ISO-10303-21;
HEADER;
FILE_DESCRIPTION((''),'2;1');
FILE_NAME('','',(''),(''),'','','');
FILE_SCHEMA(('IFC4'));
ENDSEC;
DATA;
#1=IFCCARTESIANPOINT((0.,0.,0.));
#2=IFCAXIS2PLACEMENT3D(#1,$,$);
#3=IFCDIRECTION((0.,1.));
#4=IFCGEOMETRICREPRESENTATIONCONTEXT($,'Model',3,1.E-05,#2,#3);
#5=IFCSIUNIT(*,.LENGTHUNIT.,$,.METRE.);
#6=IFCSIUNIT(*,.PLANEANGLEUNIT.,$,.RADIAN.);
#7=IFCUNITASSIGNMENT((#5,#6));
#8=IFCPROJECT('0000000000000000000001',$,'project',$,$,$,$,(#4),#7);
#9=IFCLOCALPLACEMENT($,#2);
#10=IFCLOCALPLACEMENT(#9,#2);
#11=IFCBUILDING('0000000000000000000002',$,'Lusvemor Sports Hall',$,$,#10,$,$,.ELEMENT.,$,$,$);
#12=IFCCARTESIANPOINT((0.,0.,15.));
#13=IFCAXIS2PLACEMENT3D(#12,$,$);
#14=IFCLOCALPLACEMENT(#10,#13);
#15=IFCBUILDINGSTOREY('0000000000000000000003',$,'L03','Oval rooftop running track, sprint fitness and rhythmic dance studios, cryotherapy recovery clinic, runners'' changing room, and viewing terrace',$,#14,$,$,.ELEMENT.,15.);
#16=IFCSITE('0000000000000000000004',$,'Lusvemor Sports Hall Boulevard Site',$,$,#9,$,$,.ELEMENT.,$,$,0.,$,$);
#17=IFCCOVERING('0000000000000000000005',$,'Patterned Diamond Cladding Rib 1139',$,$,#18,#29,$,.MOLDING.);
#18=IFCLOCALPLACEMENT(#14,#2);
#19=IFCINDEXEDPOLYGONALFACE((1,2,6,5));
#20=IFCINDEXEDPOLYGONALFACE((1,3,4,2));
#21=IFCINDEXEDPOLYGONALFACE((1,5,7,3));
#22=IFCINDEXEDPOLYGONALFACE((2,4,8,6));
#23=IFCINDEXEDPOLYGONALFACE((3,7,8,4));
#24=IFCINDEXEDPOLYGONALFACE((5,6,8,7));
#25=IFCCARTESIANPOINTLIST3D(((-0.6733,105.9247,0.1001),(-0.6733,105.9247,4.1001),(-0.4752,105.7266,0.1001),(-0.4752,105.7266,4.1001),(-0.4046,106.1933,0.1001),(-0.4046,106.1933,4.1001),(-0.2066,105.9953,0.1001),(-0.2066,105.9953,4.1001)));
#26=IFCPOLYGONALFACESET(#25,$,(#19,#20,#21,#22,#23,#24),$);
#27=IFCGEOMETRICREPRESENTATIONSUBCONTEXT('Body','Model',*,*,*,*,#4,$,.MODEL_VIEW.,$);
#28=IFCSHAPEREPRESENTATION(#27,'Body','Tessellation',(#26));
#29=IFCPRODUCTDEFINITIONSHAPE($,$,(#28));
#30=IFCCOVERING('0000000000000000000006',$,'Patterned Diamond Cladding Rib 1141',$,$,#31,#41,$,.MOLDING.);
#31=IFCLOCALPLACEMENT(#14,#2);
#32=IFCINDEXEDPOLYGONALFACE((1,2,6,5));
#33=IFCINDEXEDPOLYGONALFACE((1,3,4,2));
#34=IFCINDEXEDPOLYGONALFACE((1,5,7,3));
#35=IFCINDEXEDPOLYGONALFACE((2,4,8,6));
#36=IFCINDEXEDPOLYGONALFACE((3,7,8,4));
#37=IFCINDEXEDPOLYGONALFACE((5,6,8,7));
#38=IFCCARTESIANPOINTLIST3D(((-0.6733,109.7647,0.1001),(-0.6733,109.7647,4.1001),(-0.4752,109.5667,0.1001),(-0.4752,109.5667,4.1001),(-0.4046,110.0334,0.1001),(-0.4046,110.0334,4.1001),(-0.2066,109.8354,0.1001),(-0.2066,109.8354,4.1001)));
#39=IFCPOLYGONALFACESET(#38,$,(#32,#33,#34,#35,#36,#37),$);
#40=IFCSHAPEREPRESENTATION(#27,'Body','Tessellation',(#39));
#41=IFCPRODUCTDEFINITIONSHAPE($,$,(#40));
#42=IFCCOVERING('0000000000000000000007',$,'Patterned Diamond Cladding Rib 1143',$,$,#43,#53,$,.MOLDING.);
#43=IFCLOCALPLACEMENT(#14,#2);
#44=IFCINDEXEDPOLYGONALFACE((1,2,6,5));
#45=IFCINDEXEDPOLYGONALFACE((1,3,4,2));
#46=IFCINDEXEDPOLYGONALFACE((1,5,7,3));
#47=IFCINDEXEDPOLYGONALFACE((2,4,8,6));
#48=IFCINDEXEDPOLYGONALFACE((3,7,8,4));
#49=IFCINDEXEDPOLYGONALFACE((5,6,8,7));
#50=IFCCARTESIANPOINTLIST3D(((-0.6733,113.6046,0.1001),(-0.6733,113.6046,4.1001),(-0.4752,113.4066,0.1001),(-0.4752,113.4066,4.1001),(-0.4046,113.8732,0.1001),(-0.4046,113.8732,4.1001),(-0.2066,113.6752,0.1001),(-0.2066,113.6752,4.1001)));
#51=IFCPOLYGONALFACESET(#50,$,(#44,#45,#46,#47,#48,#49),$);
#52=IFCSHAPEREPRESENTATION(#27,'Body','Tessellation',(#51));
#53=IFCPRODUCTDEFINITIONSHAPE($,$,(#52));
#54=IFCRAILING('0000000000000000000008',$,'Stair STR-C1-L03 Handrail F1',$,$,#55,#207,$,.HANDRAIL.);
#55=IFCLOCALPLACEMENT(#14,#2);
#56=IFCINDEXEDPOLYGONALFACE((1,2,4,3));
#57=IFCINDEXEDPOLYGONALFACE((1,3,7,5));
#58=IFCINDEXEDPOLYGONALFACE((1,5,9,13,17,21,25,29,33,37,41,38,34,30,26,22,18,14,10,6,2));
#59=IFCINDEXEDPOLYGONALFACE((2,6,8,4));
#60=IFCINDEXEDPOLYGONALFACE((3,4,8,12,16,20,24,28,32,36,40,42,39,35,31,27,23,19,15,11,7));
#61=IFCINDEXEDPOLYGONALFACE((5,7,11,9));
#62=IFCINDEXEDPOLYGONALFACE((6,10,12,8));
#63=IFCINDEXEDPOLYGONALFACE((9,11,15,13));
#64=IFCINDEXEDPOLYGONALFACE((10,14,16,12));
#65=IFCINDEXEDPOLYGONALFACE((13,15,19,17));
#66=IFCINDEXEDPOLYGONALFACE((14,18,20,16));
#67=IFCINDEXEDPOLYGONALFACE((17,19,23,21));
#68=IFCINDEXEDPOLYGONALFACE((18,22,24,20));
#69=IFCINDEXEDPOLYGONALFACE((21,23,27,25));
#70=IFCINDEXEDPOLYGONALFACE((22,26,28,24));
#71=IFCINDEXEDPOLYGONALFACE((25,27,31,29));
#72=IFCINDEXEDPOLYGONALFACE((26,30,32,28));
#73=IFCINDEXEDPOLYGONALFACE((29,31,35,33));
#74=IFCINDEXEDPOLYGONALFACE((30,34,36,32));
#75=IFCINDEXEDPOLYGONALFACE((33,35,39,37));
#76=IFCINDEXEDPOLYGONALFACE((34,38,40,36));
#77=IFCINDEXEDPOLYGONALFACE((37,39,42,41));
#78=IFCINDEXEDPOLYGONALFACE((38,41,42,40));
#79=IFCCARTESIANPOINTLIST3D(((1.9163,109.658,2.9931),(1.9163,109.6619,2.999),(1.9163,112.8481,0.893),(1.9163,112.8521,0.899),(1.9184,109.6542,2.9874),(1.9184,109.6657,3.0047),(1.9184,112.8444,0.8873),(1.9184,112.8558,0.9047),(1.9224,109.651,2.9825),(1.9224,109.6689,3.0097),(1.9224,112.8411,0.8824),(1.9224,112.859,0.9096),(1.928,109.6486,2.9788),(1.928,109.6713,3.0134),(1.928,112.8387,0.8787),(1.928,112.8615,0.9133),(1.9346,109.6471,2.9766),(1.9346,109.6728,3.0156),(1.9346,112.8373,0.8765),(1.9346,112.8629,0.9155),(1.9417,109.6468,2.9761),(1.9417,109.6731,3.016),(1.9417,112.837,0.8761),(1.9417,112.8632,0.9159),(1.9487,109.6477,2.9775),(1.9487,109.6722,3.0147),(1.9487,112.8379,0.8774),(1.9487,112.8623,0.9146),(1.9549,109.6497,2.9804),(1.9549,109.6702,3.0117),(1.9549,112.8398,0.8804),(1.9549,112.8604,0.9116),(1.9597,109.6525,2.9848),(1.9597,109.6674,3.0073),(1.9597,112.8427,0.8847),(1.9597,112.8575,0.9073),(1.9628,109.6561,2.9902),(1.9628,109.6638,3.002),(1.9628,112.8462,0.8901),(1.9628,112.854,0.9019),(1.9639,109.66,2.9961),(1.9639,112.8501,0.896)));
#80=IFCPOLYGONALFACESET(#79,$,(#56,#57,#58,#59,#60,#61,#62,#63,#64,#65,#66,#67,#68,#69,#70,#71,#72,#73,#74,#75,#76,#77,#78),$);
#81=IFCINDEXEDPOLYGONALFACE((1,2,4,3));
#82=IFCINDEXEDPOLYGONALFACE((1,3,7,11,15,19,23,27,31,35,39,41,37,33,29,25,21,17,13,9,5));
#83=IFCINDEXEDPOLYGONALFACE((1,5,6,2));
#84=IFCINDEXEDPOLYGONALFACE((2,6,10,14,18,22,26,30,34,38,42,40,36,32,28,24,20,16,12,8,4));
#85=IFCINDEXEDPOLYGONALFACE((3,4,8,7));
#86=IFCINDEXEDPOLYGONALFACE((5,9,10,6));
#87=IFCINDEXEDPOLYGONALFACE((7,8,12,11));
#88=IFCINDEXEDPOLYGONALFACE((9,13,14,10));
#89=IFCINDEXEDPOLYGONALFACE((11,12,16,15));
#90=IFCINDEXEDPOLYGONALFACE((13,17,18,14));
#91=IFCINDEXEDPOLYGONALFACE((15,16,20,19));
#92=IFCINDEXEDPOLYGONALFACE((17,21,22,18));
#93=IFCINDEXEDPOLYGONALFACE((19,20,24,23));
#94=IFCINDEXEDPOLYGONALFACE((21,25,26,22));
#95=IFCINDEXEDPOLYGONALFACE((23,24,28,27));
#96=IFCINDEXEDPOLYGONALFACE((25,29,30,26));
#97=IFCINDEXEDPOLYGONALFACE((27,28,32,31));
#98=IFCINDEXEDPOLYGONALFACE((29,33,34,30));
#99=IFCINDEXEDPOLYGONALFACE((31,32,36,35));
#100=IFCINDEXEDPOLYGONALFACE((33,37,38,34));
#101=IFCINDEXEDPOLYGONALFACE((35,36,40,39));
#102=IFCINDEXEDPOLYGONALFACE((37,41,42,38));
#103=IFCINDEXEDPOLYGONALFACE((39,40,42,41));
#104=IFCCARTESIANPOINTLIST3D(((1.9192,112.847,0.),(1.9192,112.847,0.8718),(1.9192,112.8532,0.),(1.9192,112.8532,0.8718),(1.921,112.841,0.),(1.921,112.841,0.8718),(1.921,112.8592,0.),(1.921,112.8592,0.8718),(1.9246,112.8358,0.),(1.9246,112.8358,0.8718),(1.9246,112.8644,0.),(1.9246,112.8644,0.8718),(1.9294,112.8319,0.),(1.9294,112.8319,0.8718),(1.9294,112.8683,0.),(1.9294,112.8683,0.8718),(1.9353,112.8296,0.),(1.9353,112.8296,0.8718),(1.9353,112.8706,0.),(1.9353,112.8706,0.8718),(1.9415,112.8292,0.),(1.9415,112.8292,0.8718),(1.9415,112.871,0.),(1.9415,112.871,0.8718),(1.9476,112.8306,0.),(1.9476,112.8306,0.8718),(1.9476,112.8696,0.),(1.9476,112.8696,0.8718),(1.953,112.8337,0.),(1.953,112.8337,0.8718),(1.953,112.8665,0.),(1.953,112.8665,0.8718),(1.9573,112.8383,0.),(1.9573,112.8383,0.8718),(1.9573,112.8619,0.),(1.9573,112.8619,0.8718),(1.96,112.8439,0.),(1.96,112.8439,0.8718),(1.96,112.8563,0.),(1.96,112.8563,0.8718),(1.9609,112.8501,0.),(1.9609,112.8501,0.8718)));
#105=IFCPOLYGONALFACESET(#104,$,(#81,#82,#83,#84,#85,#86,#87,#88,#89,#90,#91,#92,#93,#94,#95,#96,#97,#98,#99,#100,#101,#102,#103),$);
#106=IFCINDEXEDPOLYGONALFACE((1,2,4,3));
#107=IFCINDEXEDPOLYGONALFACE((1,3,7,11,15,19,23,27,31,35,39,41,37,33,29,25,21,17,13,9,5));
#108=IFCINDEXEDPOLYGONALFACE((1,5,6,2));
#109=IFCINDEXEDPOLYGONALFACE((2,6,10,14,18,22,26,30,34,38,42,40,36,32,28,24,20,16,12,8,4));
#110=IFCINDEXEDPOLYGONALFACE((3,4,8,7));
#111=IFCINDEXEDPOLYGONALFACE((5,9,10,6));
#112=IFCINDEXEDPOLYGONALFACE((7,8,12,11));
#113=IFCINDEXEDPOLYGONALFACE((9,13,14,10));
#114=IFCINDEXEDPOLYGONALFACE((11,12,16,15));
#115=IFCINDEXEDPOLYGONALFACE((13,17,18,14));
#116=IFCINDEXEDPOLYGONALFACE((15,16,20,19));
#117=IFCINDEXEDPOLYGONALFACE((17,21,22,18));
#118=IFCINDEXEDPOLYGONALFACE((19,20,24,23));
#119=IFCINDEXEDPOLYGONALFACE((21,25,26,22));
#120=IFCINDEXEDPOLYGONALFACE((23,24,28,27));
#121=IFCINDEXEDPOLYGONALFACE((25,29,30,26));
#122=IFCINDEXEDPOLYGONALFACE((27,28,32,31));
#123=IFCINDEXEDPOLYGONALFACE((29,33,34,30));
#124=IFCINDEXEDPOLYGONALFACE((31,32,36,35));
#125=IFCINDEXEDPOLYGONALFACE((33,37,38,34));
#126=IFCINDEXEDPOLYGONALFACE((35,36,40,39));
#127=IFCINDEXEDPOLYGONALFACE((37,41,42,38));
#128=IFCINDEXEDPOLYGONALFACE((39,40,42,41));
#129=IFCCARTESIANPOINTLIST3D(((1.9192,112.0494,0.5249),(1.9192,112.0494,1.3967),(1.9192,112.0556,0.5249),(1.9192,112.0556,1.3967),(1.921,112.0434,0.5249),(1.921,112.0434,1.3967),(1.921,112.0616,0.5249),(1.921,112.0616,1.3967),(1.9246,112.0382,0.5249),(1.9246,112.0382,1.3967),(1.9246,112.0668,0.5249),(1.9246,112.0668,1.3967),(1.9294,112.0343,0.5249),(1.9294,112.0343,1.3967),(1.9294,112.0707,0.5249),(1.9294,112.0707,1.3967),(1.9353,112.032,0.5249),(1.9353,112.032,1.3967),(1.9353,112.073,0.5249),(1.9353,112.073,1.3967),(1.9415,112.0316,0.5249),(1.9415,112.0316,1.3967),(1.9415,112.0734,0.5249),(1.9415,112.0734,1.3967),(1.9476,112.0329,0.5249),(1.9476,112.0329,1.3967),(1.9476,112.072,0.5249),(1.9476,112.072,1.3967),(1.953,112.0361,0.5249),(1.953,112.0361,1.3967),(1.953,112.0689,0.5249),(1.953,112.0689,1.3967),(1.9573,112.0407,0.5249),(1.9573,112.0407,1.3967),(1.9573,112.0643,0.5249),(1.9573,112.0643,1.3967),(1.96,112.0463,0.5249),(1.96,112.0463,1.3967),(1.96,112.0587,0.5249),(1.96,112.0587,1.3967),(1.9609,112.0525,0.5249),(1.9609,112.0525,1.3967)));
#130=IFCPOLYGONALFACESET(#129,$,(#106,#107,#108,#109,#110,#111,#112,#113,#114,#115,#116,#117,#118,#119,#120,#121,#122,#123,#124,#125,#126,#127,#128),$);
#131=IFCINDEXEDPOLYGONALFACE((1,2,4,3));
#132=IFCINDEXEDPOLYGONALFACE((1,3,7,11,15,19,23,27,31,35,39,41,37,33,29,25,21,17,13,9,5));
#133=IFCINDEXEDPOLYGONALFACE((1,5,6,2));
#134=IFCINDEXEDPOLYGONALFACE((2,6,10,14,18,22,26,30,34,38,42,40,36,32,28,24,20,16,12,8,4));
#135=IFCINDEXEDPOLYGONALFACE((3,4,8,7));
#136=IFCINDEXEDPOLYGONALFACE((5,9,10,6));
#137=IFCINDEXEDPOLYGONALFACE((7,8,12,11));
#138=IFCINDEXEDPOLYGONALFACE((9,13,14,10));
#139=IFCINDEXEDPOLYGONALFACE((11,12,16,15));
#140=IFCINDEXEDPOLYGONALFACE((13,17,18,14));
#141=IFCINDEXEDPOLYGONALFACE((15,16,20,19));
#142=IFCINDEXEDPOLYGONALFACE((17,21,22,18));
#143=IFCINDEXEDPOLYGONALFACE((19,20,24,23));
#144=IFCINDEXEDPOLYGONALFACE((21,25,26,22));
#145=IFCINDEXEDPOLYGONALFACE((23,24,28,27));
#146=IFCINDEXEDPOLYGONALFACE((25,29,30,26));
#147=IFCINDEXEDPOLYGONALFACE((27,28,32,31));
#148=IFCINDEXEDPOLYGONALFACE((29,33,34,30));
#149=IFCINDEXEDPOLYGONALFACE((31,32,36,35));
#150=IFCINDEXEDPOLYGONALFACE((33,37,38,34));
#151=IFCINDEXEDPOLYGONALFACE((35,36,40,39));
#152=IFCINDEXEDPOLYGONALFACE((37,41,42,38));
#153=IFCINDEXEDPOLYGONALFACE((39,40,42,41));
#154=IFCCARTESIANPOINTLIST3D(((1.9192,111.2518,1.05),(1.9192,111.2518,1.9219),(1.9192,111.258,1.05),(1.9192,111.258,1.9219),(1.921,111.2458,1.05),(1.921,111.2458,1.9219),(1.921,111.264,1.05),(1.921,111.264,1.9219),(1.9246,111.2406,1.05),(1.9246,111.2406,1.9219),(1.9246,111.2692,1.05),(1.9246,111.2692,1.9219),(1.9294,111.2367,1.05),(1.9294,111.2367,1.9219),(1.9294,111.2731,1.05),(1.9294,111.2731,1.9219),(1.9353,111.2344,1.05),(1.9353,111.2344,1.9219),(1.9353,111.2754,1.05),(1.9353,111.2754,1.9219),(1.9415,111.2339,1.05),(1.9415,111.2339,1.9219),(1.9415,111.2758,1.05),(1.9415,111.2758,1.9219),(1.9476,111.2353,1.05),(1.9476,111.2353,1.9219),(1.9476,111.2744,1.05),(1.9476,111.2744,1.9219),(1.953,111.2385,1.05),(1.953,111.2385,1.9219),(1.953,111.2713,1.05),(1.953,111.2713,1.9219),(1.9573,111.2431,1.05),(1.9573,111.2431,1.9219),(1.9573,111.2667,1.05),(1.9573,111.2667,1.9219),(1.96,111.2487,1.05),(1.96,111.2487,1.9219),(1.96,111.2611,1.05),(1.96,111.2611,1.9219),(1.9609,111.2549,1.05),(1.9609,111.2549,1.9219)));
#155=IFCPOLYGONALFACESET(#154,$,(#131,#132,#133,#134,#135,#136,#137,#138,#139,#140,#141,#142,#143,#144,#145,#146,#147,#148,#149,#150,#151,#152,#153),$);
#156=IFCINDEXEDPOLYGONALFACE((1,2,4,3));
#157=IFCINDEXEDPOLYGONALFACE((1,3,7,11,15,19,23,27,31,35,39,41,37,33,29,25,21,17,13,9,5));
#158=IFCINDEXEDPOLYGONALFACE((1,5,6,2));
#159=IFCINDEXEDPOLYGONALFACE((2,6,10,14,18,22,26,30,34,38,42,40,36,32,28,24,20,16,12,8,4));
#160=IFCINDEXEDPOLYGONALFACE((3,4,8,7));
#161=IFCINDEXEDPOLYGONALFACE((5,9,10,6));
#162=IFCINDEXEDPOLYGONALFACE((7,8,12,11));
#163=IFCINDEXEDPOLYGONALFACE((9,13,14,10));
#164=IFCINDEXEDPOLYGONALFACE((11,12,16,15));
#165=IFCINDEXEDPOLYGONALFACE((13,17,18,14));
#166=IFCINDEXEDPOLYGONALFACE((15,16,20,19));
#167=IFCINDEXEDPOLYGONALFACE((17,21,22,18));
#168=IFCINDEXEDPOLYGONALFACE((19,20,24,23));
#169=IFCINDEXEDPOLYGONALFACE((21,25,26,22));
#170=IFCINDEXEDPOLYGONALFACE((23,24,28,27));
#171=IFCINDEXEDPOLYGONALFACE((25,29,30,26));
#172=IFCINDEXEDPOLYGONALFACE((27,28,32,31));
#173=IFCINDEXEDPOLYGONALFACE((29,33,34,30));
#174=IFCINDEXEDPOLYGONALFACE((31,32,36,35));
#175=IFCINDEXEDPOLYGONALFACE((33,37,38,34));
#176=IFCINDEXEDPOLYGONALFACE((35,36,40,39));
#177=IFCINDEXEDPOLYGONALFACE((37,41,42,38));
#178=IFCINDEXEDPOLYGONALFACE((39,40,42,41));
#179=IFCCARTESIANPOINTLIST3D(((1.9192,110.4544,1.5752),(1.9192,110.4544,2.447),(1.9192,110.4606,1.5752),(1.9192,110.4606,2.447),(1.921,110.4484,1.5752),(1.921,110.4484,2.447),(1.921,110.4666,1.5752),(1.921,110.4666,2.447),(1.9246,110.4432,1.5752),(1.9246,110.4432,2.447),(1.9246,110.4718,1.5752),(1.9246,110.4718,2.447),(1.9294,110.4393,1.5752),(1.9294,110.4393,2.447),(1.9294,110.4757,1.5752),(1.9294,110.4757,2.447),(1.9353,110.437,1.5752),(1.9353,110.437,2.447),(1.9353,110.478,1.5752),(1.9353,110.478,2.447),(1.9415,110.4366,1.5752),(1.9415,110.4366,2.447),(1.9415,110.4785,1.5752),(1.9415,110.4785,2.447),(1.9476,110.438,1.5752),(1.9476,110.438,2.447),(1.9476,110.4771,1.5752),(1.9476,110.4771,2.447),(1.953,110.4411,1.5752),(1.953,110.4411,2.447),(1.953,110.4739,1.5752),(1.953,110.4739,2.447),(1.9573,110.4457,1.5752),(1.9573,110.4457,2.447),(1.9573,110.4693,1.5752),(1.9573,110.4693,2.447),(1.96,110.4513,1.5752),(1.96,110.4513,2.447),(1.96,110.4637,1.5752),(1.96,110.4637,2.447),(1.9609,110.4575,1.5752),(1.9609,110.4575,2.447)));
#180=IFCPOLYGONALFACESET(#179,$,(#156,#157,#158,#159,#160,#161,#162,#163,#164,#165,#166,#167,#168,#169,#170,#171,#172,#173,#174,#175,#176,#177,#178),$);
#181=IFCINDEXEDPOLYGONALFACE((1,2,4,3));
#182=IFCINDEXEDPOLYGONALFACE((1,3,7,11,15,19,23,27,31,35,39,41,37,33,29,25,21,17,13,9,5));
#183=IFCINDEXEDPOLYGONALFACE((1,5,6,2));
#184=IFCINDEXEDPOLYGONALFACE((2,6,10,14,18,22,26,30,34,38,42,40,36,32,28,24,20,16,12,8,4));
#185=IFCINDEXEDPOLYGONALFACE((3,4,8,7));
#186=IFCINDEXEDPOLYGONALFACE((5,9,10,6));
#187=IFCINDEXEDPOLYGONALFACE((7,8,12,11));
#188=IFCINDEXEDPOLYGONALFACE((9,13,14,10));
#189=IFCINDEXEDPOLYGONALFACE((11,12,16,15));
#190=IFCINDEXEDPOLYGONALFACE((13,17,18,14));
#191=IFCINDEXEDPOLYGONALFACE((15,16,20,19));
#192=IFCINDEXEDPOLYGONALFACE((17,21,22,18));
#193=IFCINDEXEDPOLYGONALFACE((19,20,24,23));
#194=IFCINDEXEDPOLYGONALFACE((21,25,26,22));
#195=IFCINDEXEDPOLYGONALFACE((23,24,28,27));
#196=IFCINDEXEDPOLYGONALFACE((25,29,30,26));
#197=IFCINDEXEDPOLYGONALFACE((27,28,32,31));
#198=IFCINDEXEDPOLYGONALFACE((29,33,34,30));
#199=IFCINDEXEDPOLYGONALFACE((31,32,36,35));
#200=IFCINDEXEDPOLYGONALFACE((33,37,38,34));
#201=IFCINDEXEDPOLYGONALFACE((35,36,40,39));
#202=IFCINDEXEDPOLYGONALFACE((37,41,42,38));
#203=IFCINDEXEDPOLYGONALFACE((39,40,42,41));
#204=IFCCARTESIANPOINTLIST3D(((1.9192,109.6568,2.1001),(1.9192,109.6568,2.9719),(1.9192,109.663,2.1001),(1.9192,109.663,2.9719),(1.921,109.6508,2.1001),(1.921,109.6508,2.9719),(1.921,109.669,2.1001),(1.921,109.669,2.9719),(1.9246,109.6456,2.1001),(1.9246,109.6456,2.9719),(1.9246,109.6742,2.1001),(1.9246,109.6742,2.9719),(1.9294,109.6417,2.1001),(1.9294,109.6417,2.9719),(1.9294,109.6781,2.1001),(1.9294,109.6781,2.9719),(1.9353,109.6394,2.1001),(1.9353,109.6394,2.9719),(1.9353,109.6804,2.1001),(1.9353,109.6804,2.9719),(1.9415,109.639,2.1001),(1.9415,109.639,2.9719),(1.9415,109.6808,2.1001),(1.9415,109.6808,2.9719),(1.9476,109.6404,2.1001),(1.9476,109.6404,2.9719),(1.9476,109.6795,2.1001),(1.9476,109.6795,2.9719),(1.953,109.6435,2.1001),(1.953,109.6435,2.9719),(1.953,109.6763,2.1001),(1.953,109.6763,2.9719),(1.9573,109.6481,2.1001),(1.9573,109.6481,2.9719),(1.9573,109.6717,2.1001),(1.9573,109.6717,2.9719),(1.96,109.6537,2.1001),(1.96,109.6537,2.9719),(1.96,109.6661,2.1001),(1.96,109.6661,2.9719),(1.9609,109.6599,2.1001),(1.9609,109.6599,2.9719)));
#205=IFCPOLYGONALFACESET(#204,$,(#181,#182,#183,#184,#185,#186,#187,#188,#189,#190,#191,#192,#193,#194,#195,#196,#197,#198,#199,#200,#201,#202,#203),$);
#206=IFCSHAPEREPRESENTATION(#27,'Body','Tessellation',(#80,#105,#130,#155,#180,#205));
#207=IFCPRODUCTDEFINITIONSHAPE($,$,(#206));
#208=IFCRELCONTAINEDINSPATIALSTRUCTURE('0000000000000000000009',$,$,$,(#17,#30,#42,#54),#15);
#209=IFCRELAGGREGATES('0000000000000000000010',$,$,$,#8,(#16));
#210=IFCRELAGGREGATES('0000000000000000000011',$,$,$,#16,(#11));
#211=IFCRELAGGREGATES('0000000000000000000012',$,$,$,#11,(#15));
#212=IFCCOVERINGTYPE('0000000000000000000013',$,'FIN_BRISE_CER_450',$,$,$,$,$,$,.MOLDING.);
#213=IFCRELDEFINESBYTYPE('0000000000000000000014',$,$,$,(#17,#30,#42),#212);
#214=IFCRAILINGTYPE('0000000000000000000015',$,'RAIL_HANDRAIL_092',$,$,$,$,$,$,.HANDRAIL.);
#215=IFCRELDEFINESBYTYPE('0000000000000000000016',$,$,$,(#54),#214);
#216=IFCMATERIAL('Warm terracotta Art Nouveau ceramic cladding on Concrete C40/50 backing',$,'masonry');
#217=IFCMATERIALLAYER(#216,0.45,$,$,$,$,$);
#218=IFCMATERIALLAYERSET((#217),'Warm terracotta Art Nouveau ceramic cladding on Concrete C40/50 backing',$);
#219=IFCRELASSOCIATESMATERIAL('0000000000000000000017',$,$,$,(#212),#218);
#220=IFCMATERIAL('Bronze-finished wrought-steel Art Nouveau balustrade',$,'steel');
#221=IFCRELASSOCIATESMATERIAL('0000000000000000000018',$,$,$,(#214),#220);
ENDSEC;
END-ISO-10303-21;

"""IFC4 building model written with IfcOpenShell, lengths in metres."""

from ifc_helpers import new_model, si_unit, direction, frame, origin, origin_2d, place, context, subcontext, project, spatial, rectangle, circle, extrude, material, layer, layer_set, type_object, element, save


model = new_model("IFC4")

# Units and contexts
model_context = context("Model", 3, precision=1e-05, world=origin(), true_north=direction((0.0, 1.0)))
body_context = subcontext(model_context, "Body", "Model", "MODEL_VIEW")
ifc_project = project(units=[si_unit("LENGTHUNIT", "METRE"), si_unit("PLANEANGLEUNIT", "RADIAN")], contexts=[model_context])

# Site, building, storey
site_placement = place(None, origin())
site = spatial("IfcSite", under=ifc_project, at=site_placement, Name="Lusvemor Sports Hall Boulevard Site", CompositionType="ELEMENT", RefElevation=0.0)
building_placement = place(site_placement, origin())
building = spatial("IfcBuilding", under=site, at=building_placement, Name="Lusvemor Sports Hall", CompositionType="ELEMENT")
storey_placement = place(building_placement, frame((0.0, 0.0, 15.0)))
storey = spatial("IfcBuildingStorey", under=building, at=storey_placement, Name="L03", Description="Oval rooftop running track, sprint fitness and rhythmic dance studios, cryotherapy recovery clinic, runners' changing room, and viewing terrace", CompositionType="ELEMENT", Elevation=15.0)

# Coverings
ifc_material_1 = material(Name="Warm terracotta Art Nouveau ceramic cladding on Concrete C40/50 backing", Category="masonry")
ifc_layer_1 = layer(ifc_material_1, 0.45)
ifc_layer_set_1 = layer_set([ifc_layer_1], Name="Warm terracotta Art Nouveau ceramic cladding on Concrete C40/50 backing")
covering_type_1 = type_object("IfcCoveringType", Name="FIN_BRISE_CER_450", PredefinedType="MOLDING", material=ifc_layer_set_1)
for number, where, z_axis, x_axis, name in (
    (1, (-0.4399, 105.96, 0.1001), (0.0, 0.0, 1.0), (0.707107, 0.707107, 0.0), "Patterned Diamond Cladding Rib 1139"),
    (2, (-0.4399, 109.8, 0.1001), (0.0, 0.0, 1.0), (0.707107, 0.707107, 0.0), "Patterned Diamond Cladding Rib 1141"),
    (3, (-0.4399, 113.6399, 0.1001), (0.0, 0.0, 1.0), (0.707107, 0.707107, 0.0), "Patterned Diamond Cladding Rib 1143"),
):
    element("IfcCovering", number, at=place(storey_placement, frame(where, z_axis=z_axis, x_axis=x_axis)), inside=storey, type_object=covering_type_1, Name=name, PredefinedType="MOLDING", context=body_context, shape_type="SweptSolid", body=[
        extrude(rectangle(XDim=0.3799, YDim=0.28, at=origin_2d()), origin(), (0.0, 0.0, 1.0), 4.0),
    ])

# Railing
ifc_material_2 = material(Name="Bronze-finished wrought-steel Art Nouveau balustrade", Category="steel")
railing_type_1 = type_object("IfcRailingType", Name="RAIL_HANDRAIL_092", PredefinedType="HANDRAIL", material=ifc_material_2)
railing_1_placement = place(storey_placement, frame((1.9399, 112.8501, 0.0)))
element("IfcRailing", 4, at=railing_1_placement, inside=storey, type_object=railing_type_1, Name="Stair STR-C1-L03 Handrail F1", PredefinedType="HANDRAIL", context=body_context, shape_type="SweptSolid", body=[
    extrude(circle(Radius=0.0239, at=origin_2d()), frame((0.0, 0.0, 0.896), z_axis=(0.0, -0.835262, 0.549852), x_axis=(1.0, 0.0, 0.0)), (0.0, 0.0, 1.0), 3.8193),
    extrude(circle(Radius=0.021, at=origin_2d()), origin(), (0.0, 0.0, 1.0), 0.8718),
    extrude(circle(Radius=0.021, at=origin_2d()), frame((0.0, -0.7976, 0.5249)), (0.0, 0.0, 1.0), 0.8718),
    extrude(circle(Radius=0.021, at=origin_2d()), frame((0.0, -1.5952, 1.05)), (0.0, 0.0, 1.0), 0.8718),
    extrude(circle(Radius=0.021, at=origin_2d()), frame((0.0, -2.3926, 1.5752)), (0.0, 0.0, 1.0), 0.8718),
    extrude(circle(Radius=0.021, at=origin_2d()), frame((0.0, -3.1902, 2.1001)), (0.0, 0.0, 1.0), 0.8718),
])

save(model, "model.ifc")
